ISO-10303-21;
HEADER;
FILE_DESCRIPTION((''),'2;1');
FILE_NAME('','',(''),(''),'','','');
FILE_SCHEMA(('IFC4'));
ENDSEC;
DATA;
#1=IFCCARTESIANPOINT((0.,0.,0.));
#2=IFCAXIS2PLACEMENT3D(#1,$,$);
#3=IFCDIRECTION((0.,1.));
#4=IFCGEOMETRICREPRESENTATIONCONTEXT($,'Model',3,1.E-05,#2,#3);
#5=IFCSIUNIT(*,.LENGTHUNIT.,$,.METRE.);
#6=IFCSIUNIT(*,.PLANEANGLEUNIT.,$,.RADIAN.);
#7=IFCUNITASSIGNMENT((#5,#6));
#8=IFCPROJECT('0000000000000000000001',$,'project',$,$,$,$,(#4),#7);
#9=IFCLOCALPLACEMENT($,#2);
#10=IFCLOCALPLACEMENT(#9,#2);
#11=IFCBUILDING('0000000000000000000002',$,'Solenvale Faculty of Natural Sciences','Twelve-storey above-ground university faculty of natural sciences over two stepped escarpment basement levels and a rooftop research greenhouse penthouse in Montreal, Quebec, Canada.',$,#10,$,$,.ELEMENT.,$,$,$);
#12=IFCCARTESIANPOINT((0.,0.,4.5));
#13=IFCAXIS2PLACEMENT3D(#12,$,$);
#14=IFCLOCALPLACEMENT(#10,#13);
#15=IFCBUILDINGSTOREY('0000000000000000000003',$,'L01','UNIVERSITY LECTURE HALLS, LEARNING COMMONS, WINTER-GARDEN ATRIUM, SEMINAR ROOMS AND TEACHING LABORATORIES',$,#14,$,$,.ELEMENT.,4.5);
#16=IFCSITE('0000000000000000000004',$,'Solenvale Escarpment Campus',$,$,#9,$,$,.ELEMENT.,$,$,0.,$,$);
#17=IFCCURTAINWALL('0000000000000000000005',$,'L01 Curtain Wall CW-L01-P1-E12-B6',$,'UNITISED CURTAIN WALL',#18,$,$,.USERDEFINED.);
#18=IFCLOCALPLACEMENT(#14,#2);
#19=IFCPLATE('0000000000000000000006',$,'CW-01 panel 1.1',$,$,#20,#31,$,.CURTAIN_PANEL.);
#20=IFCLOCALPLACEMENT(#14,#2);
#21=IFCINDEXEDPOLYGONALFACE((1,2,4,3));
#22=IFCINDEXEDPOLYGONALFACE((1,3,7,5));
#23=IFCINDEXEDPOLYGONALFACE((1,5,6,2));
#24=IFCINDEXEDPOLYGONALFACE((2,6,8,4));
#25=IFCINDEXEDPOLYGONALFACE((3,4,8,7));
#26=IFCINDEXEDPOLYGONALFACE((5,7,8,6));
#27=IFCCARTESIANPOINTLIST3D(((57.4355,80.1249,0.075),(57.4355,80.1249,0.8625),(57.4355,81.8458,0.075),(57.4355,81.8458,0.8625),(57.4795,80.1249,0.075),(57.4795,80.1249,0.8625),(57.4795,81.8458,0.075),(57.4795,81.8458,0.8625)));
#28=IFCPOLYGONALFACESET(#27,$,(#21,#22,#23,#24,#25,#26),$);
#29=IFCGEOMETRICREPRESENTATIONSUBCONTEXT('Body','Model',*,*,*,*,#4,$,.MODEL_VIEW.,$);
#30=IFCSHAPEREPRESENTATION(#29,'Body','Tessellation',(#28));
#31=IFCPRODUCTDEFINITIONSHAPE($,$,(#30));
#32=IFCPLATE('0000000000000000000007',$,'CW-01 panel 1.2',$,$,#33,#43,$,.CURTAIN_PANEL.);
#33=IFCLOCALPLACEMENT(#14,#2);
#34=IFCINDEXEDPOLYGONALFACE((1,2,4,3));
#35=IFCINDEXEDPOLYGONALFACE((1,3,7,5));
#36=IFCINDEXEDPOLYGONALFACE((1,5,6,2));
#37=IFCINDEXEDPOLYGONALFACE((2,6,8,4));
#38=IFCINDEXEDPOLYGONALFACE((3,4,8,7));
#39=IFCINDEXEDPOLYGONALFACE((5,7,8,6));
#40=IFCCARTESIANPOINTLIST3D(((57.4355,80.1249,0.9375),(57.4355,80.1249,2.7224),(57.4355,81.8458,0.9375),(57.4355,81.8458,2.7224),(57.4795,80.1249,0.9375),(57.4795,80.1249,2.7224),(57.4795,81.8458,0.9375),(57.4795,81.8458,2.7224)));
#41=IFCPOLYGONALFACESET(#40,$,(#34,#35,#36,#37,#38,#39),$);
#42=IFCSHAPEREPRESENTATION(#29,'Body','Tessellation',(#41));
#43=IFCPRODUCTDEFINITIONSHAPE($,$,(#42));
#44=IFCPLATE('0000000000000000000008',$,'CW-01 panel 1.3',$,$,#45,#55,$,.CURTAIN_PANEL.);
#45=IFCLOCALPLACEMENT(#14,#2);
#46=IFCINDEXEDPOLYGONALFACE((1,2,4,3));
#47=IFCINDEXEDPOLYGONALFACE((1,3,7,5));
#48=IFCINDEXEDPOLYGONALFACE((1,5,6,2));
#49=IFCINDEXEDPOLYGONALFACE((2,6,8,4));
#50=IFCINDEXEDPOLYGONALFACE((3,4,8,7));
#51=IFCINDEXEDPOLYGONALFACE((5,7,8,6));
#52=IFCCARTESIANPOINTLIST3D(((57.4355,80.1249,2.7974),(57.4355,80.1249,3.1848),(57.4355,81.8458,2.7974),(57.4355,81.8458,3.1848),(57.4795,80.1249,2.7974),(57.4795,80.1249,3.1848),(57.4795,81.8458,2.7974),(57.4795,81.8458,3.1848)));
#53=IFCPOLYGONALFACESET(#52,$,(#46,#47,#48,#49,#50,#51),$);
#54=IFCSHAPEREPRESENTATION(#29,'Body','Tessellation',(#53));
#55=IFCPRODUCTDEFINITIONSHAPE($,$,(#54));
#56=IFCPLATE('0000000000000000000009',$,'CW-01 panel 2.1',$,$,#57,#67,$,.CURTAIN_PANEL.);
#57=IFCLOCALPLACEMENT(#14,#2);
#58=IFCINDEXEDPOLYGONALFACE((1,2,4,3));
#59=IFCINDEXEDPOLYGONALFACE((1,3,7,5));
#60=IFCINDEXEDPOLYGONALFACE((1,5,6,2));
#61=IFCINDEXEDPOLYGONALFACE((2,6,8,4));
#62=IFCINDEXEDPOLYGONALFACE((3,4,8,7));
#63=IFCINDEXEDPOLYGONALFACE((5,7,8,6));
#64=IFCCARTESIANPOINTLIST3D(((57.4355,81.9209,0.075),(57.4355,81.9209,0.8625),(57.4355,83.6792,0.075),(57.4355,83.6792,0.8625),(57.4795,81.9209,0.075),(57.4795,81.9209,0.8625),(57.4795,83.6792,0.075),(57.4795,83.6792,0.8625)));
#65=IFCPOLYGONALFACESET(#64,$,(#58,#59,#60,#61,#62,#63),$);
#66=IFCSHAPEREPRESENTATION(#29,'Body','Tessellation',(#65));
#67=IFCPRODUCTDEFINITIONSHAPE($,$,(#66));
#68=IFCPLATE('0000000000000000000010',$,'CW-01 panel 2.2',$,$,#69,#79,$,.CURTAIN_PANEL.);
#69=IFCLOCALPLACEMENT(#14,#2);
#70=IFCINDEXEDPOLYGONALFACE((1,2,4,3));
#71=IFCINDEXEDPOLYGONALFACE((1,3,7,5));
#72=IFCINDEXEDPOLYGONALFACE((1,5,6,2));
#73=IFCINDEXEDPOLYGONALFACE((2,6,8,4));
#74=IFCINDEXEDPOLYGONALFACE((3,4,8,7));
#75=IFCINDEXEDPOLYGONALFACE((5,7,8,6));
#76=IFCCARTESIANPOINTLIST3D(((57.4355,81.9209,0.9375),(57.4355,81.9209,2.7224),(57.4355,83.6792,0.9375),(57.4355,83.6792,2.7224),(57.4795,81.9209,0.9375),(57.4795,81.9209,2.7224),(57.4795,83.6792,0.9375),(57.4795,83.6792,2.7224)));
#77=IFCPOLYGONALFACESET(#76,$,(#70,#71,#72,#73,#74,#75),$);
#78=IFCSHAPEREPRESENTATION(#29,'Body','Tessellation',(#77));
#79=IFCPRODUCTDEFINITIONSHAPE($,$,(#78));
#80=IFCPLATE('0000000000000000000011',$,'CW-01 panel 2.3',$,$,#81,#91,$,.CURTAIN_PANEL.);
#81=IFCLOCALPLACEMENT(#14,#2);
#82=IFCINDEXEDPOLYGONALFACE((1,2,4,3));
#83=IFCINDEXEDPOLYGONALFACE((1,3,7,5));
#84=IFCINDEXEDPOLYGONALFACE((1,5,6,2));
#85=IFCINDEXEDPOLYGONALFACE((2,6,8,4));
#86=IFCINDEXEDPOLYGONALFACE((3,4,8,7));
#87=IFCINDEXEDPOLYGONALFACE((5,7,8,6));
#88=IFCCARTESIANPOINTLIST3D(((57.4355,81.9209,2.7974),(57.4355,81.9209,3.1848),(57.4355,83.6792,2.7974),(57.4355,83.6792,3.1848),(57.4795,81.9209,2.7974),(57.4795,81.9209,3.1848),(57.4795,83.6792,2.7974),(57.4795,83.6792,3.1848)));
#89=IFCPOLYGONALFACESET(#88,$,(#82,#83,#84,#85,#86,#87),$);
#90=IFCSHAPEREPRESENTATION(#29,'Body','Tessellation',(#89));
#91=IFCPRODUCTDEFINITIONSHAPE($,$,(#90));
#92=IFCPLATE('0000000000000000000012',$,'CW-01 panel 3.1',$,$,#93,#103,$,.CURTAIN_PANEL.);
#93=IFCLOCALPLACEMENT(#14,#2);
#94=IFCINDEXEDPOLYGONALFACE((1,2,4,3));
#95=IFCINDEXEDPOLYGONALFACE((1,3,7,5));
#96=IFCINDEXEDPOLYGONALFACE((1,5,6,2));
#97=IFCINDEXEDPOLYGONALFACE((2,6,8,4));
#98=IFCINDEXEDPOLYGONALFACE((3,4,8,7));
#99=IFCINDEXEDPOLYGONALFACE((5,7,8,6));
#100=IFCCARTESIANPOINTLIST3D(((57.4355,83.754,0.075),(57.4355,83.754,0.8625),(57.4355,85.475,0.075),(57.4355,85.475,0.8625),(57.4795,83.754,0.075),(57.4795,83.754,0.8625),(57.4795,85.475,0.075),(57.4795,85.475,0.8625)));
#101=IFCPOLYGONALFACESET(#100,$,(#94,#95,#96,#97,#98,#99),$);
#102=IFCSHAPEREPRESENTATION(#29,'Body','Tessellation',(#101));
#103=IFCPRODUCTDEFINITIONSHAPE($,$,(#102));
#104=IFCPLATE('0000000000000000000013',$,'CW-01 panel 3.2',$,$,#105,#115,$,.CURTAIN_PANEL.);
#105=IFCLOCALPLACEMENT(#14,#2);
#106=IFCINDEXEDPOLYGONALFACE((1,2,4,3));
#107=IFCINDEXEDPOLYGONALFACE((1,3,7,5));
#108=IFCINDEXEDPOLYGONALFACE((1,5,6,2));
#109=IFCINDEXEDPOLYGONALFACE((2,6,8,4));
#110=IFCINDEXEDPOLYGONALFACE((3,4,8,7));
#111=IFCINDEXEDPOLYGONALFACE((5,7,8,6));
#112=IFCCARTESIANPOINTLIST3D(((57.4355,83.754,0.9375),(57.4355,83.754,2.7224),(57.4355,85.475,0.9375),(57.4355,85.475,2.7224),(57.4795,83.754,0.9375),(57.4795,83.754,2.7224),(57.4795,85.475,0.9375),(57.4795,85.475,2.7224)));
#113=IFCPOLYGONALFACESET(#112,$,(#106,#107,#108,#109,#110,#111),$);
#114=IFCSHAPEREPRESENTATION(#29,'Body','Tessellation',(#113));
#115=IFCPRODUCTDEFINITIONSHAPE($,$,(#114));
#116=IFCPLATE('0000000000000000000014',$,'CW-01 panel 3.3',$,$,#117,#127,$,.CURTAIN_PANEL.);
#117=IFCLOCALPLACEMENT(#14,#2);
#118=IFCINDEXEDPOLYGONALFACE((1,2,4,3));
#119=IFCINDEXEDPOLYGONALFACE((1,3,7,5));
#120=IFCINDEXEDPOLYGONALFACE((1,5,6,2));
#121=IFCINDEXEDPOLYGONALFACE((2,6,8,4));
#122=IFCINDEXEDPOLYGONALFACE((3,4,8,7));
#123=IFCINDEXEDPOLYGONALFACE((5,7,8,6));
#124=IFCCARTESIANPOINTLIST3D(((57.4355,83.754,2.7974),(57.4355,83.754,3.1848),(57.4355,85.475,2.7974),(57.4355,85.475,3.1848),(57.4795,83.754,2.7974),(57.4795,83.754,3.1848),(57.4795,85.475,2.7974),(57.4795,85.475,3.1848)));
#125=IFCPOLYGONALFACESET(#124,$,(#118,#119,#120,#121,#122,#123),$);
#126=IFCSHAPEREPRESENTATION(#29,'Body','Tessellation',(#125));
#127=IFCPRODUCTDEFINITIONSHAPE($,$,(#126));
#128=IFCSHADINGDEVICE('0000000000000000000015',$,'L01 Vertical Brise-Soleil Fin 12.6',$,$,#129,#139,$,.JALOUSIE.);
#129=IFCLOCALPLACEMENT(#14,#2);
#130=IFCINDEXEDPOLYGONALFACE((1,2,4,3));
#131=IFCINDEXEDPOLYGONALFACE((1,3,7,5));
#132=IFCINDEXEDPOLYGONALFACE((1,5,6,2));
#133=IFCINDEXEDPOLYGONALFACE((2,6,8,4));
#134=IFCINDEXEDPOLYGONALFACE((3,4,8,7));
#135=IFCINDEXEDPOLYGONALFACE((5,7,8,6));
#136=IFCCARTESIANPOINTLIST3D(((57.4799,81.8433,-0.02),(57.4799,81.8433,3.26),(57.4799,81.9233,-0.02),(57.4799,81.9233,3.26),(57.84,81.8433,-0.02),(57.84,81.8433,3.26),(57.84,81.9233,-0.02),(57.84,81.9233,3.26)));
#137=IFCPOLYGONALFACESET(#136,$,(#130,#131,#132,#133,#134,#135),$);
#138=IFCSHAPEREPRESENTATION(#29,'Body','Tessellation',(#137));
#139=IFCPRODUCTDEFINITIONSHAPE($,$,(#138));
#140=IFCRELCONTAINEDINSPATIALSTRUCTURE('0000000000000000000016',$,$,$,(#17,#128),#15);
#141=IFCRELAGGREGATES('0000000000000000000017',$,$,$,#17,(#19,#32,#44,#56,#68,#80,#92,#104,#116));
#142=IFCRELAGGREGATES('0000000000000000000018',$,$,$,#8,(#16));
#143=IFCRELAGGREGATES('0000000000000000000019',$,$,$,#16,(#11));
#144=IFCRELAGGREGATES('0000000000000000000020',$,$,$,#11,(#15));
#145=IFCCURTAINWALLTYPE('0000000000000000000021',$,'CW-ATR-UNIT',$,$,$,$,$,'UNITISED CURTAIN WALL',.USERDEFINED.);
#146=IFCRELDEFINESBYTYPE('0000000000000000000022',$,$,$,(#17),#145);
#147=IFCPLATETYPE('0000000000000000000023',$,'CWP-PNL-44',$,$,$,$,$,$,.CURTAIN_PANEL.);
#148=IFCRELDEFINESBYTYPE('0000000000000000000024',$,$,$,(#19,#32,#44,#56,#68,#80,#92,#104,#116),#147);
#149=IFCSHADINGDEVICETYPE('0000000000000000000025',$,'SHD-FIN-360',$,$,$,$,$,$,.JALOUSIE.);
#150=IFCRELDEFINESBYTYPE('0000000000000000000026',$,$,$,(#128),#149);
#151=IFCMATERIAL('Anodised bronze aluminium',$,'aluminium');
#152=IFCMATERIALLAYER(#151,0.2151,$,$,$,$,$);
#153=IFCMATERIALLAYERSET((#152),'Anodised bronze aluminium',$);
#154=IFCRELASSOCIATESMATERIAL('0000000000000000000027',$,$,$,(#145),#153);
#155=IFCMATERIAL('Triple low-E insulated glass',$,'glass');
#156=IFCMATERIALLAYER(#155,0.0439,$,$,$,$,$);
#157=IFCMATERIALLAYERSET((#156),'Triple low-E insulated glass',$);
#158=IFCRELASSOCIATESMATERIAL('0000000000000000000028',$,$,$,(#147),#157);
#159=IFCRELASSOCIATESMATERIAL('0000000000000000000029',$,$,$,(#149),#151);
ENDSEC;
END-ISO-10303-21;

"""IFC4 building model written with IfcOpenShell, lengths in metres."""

from ifc_helpers import new_model, si_unit, direction, frame, origin, origin_2d, place, context, subcontext, project, spatial, rectangle, extrude, material, layer, layer_set, material_profile, profile_set, type_object, element, aggregate, save


model = new_model("IFC4")

# Units and contexts
model_context = context("Model", 3, precision=1e-05, world=origin(), true_north=direction((0.0, 1.0)))
body_context = subcontext(model_context, "Body", "Model", "MODEL_VIEW")
ifc_project = project(units=[si_unit("LENGTHUNIT", "METRE"), si_unit("PLANEANGLEUNIT", "RADIAN")], contexts=[model_context])

# Site, building, storey
site_placement = place(None, origin())
site = spatial("IfcSite", under=ifc_project, at=site_placement, Name="Solenvale Escarpment Campus", CompositionType="ELEMENT", RefElevation=0.0)
building_placement = place(site_placement, origin())
building = spatial("IfcBuilding", under=site, at=building_placement, Name="Solenvale Faculty of Natural Sciences", Description="Twelve-storey above-ground university faculty of natural sciences over two stepped escarpment basement levels and a rooftop research greenhouse penthouse in Montreal, Quebec, Canada.", CompositionType="ELEMENT")
storey_placement = place(building_placement, frame((0.0, 0.0, 4.5)))
storey = spatial("IfcBuildingStorey", under=building, at=storey_placement, Name="L01", Description="UNIVERSITY LECTURE HALLS, LEARNING COMMONS, WINTER-GARDEN ATRIUM, SEMINAR ROOMS AND TEACHING LABORATORIES", CompositionType="ELEMENT", Elevation=4.5)

# Curtain wall, plates
ifc_material_1 = material(Name="Anodised bronze aluminium", Category="aluminium")
ifc_layer_1 = layer(ifc_material_1, 0.2151)
ifc_layer_set_1 = layer_set([ifc_layer_1], Name="Anodised bronze aluminium")
curtain_wall_type = type_object("IfcCurtainWallType", Name="CW-ATR-UNIT", ElementType="UNITISED CURTAIN WALL", PredefinedType="USERDEFINED", material=ifc_layer_set_1)
curtain_wall_placement = place(storey_placement, origin())
curtain_wall = element("IfcCurtainWall", 1, at=curtain_wall_placement, inside=storey, type_object=curtain_wall_type, Name="L01 Curtain Wall CW-L01-P1-E12-B6", ObjectType="UNITISED CURTAIN WALL", PredefinedType="USERDEFINED")
ifc_material_2 = material(Name="Triple low-E insulated glass", Category="glass")
ifc_layer_2 = layer(ifc_material_2, 0.0439)
ifc_layer_set_2 = layer_set([ifc_layer_2], Name="Triple low-E insulated glass")
plate_type = type_object("IfcPlateType", Name="CWP-PNL-44", PredefinedType="CURTAIN_PANEL", material=ifc_layer_set_2)
plate_1_placement = place(storey_placement, frame((57.4575, 80.9854, 0.075), z_axis=(0.0, 0.0, 1.0), x_axis=(0.0, 1.0, 0.0)))
plate_1 = element("IfcPlate", 2, at=plate_1_placement, type_object=plate_type, Name="CW-01 panel 1.1", PredefinedType="CURTAIN_PANEL", context=body_context, shape_type="SweptSolid", body=[
    extrude(rectangle(XDim=1.7209, YDim=0.0439, at=origin_2d()), origin(), (0.0, 0.0, 1.0), 0.7876),
])
plate_2_placement = place(storey_placement, frame((57.4575, 80.9854, 0.9375), z_axis=(0.0, 0.0, 1.0), x_axis=(0.0, 1.0, 0.0)))
plate_2 = element("IfcPlate", 3, at=plate_2_placement, type_object=plate_type, Name="CW-01 panel 1.2", PredefinedType="CURTAIN_PANEL", context=body_context, shape_type="SweptSolid", body=[
    extrude(rectangle(XDim=1.7209, YDim=0.0439, at=origin_2d()), origin(), (0.0, 0.0, 1.0), 1.7849),
])
plate_3_placement = place(storey_placement, frame((57.4575, 80.9854, 2.7974), z_axis=(0.0, 0.0, 1.0), x_axis=(0.0, 1.0, 0.0)))
plate_3 = element("IfcPlate", 4, at=plate_3_placement, type_object=plate_type, Name="CW-01 panel 1.3", PredefinedType="CURTAIN_PANEL", context=body_context, shape_type="SweptSolid", body=[
    extrude(rectangle(XDim=1.7209, YDim=0.0439, at=origin_2d()), origin(), (0.0, 0.0, 1.0), 0.3875),
])
plate_4_placement = place(storey_placement, frame((57.4575, 82.8, 0.075), z_axis=(0.0, 0.0, 1.0), x_axis=(0.0, 1.0, 0.0)))
plate_4 = element("IfcPlate", 5, at=plate_4_placement, type_object=plate_type, Name="CW-01 panel 2.1", PredefinedType="CURTAIN_PANEL", context=body_context, shape_type="SweptSolid", body=[
    extrude(rectangle(XDim=1.7583, YDim=0.0439, at=origin_2d()), origin(), (0.0, 0.0, 1.0), 0.7876),
])
plate_5_placement = place(storey_placement, frame((57.4575, 82.8, 0.9375), z_axis=(0.0, 0.0, 1.0), x_axis=(0.0, 1.0, 0.0)))
plate_5 = element("IfcPlate", 6, at=plate_5_placement, type_object=plate_type, Name="CW-01 panel 2.2", PredefinedType="CURTAIN_PANEL", context=body_context, shape_type="SweptSolid", body=[
    extrude(rectangle(XDim=1.7583, YDim=0.0439, at=origin_2d()), origin(), (0.0, 0.0, 1.0), 1.7849),
])
plate_6_placement = place(storey_placement, frame((57.4575, 82.8, 2.7974), z_axis=(0.0, 0.0, 1.0), x_axis=(0.0, 1.0, 0.0)))
plate_6 = element("IfcPlate", 7, at=plate_6_placement, type_object=plate_type, Name="CW-01 panel 2.3", PredefinedType="CURTAIN_PANEL", context=body_context, shape_type="SweptSolid", body=[
    extrude(rectangle(XDim=1.7583, YDim=0.0439, at=origin_2d()), origin(), (0.0, 0.0, 1.0), 0.3875),
])
plate_7_placement = place(storey_placement, frame((57.4575, 84.6145, 0.075), z_axis=(0.0, 0.0, 1.0), x_axis=(0.0, 1.0, 0.0)))
plate_7 = element("IfcPlate", 8, at=plate_7_placement, type_object=plate_type, Name="CW-01 panel 3.1", PredefinedType="CURTAIN_PANEL", context=body_context, shape_type="SweptSolid", body=[
    extrude(rectangle(XDim=1.7209, YDim=0.0439, at=origin_2d()), origin(), (0.0, 0.0, 1.0), 0.7876),
])
plate_8_placement = place(storey_placement, frame((57.4575, 84.6145, 0.9375), z_axis=(0.0, 0.0, 1.0), x_axis=(0.0, 1.0, 0.0)))
plate_8 = element("IfcPlate", 9, at=plate_8_placement, type_object=plate_type, Name="CW-01 panel 3.2", PredefinedType="CURTAIN_PANEL", context=body_context, shape_type="SweptSolid", body=[
    extrude(rectangle(XDim=1.7209, YDim=0.0439, at=origin_2d()), origin(), (0.0, 0.0, 1.0), 1.7849),
])
plate_9_placement = place(storey_placement, frame((57.4575, 84.6145, 2.7974), z_axis=(0.0, 0.0, 1.0), x_axis=(0.0, 1.0, 0.0)))
plate_9 = element("IfcPlate", 10, at=plate_9_placement, type_object=plate_type, Name="CW-01 panel 3.3", PredefinedType="CURTAIN_PANEL", context=body_context, shape_type="SweptSolid", body=[
    extrude(rectangle(XDim=1.7209, YDim=0.0439, at=origin_2d()), origin(), (0.0, 0.0, 1.0), 0.3875),
])
aggregate(curtain_wall, [plate_1, plate_2, plate_3, plate_4, plate_5, plate_6, plate_7, plate_8, plate_9])

# Shading device
ifc_material_profile_1 = material_profile(ifc_material_1, rectangle(XDim=0.0801, YDim=0.3601, at=origin_2d()), Name="ALU-FIN-80x360")
ifc_profile_set_1 = profile_set([ifc_material_profile_1], Name="Anodised bronze aluminium")
shading_device_type = type_object("IfcShadingDeviceType", Name="SHD-FIN-360", PredefinedType="JALOUSIE", material=ifc_profile_set_1)
shading_device_placement = place(storey_placement, frame((57.6599, 81.8833, -0.02), z_axis=(0.0, 0.0, 1.0), x_axis=(0.0, 1.0, 0.0)))
element("IfcShadingDevice", 11, at=shading_device_placement, inside=storey, type_object=shading_device_type, Name="L01 Vertical Brise-Soleil Fin 12.6", PredefinedType="JALOUSIE", context=body_context, shape_type="SweptSolid", body=[
    extrude(rectangle(XDim=0.0801, YDim=0.3601, at=origin_2d()), origin(), (0.0, 0.0, 1.0), 3.28),
])

save(model, "model.ifc")
